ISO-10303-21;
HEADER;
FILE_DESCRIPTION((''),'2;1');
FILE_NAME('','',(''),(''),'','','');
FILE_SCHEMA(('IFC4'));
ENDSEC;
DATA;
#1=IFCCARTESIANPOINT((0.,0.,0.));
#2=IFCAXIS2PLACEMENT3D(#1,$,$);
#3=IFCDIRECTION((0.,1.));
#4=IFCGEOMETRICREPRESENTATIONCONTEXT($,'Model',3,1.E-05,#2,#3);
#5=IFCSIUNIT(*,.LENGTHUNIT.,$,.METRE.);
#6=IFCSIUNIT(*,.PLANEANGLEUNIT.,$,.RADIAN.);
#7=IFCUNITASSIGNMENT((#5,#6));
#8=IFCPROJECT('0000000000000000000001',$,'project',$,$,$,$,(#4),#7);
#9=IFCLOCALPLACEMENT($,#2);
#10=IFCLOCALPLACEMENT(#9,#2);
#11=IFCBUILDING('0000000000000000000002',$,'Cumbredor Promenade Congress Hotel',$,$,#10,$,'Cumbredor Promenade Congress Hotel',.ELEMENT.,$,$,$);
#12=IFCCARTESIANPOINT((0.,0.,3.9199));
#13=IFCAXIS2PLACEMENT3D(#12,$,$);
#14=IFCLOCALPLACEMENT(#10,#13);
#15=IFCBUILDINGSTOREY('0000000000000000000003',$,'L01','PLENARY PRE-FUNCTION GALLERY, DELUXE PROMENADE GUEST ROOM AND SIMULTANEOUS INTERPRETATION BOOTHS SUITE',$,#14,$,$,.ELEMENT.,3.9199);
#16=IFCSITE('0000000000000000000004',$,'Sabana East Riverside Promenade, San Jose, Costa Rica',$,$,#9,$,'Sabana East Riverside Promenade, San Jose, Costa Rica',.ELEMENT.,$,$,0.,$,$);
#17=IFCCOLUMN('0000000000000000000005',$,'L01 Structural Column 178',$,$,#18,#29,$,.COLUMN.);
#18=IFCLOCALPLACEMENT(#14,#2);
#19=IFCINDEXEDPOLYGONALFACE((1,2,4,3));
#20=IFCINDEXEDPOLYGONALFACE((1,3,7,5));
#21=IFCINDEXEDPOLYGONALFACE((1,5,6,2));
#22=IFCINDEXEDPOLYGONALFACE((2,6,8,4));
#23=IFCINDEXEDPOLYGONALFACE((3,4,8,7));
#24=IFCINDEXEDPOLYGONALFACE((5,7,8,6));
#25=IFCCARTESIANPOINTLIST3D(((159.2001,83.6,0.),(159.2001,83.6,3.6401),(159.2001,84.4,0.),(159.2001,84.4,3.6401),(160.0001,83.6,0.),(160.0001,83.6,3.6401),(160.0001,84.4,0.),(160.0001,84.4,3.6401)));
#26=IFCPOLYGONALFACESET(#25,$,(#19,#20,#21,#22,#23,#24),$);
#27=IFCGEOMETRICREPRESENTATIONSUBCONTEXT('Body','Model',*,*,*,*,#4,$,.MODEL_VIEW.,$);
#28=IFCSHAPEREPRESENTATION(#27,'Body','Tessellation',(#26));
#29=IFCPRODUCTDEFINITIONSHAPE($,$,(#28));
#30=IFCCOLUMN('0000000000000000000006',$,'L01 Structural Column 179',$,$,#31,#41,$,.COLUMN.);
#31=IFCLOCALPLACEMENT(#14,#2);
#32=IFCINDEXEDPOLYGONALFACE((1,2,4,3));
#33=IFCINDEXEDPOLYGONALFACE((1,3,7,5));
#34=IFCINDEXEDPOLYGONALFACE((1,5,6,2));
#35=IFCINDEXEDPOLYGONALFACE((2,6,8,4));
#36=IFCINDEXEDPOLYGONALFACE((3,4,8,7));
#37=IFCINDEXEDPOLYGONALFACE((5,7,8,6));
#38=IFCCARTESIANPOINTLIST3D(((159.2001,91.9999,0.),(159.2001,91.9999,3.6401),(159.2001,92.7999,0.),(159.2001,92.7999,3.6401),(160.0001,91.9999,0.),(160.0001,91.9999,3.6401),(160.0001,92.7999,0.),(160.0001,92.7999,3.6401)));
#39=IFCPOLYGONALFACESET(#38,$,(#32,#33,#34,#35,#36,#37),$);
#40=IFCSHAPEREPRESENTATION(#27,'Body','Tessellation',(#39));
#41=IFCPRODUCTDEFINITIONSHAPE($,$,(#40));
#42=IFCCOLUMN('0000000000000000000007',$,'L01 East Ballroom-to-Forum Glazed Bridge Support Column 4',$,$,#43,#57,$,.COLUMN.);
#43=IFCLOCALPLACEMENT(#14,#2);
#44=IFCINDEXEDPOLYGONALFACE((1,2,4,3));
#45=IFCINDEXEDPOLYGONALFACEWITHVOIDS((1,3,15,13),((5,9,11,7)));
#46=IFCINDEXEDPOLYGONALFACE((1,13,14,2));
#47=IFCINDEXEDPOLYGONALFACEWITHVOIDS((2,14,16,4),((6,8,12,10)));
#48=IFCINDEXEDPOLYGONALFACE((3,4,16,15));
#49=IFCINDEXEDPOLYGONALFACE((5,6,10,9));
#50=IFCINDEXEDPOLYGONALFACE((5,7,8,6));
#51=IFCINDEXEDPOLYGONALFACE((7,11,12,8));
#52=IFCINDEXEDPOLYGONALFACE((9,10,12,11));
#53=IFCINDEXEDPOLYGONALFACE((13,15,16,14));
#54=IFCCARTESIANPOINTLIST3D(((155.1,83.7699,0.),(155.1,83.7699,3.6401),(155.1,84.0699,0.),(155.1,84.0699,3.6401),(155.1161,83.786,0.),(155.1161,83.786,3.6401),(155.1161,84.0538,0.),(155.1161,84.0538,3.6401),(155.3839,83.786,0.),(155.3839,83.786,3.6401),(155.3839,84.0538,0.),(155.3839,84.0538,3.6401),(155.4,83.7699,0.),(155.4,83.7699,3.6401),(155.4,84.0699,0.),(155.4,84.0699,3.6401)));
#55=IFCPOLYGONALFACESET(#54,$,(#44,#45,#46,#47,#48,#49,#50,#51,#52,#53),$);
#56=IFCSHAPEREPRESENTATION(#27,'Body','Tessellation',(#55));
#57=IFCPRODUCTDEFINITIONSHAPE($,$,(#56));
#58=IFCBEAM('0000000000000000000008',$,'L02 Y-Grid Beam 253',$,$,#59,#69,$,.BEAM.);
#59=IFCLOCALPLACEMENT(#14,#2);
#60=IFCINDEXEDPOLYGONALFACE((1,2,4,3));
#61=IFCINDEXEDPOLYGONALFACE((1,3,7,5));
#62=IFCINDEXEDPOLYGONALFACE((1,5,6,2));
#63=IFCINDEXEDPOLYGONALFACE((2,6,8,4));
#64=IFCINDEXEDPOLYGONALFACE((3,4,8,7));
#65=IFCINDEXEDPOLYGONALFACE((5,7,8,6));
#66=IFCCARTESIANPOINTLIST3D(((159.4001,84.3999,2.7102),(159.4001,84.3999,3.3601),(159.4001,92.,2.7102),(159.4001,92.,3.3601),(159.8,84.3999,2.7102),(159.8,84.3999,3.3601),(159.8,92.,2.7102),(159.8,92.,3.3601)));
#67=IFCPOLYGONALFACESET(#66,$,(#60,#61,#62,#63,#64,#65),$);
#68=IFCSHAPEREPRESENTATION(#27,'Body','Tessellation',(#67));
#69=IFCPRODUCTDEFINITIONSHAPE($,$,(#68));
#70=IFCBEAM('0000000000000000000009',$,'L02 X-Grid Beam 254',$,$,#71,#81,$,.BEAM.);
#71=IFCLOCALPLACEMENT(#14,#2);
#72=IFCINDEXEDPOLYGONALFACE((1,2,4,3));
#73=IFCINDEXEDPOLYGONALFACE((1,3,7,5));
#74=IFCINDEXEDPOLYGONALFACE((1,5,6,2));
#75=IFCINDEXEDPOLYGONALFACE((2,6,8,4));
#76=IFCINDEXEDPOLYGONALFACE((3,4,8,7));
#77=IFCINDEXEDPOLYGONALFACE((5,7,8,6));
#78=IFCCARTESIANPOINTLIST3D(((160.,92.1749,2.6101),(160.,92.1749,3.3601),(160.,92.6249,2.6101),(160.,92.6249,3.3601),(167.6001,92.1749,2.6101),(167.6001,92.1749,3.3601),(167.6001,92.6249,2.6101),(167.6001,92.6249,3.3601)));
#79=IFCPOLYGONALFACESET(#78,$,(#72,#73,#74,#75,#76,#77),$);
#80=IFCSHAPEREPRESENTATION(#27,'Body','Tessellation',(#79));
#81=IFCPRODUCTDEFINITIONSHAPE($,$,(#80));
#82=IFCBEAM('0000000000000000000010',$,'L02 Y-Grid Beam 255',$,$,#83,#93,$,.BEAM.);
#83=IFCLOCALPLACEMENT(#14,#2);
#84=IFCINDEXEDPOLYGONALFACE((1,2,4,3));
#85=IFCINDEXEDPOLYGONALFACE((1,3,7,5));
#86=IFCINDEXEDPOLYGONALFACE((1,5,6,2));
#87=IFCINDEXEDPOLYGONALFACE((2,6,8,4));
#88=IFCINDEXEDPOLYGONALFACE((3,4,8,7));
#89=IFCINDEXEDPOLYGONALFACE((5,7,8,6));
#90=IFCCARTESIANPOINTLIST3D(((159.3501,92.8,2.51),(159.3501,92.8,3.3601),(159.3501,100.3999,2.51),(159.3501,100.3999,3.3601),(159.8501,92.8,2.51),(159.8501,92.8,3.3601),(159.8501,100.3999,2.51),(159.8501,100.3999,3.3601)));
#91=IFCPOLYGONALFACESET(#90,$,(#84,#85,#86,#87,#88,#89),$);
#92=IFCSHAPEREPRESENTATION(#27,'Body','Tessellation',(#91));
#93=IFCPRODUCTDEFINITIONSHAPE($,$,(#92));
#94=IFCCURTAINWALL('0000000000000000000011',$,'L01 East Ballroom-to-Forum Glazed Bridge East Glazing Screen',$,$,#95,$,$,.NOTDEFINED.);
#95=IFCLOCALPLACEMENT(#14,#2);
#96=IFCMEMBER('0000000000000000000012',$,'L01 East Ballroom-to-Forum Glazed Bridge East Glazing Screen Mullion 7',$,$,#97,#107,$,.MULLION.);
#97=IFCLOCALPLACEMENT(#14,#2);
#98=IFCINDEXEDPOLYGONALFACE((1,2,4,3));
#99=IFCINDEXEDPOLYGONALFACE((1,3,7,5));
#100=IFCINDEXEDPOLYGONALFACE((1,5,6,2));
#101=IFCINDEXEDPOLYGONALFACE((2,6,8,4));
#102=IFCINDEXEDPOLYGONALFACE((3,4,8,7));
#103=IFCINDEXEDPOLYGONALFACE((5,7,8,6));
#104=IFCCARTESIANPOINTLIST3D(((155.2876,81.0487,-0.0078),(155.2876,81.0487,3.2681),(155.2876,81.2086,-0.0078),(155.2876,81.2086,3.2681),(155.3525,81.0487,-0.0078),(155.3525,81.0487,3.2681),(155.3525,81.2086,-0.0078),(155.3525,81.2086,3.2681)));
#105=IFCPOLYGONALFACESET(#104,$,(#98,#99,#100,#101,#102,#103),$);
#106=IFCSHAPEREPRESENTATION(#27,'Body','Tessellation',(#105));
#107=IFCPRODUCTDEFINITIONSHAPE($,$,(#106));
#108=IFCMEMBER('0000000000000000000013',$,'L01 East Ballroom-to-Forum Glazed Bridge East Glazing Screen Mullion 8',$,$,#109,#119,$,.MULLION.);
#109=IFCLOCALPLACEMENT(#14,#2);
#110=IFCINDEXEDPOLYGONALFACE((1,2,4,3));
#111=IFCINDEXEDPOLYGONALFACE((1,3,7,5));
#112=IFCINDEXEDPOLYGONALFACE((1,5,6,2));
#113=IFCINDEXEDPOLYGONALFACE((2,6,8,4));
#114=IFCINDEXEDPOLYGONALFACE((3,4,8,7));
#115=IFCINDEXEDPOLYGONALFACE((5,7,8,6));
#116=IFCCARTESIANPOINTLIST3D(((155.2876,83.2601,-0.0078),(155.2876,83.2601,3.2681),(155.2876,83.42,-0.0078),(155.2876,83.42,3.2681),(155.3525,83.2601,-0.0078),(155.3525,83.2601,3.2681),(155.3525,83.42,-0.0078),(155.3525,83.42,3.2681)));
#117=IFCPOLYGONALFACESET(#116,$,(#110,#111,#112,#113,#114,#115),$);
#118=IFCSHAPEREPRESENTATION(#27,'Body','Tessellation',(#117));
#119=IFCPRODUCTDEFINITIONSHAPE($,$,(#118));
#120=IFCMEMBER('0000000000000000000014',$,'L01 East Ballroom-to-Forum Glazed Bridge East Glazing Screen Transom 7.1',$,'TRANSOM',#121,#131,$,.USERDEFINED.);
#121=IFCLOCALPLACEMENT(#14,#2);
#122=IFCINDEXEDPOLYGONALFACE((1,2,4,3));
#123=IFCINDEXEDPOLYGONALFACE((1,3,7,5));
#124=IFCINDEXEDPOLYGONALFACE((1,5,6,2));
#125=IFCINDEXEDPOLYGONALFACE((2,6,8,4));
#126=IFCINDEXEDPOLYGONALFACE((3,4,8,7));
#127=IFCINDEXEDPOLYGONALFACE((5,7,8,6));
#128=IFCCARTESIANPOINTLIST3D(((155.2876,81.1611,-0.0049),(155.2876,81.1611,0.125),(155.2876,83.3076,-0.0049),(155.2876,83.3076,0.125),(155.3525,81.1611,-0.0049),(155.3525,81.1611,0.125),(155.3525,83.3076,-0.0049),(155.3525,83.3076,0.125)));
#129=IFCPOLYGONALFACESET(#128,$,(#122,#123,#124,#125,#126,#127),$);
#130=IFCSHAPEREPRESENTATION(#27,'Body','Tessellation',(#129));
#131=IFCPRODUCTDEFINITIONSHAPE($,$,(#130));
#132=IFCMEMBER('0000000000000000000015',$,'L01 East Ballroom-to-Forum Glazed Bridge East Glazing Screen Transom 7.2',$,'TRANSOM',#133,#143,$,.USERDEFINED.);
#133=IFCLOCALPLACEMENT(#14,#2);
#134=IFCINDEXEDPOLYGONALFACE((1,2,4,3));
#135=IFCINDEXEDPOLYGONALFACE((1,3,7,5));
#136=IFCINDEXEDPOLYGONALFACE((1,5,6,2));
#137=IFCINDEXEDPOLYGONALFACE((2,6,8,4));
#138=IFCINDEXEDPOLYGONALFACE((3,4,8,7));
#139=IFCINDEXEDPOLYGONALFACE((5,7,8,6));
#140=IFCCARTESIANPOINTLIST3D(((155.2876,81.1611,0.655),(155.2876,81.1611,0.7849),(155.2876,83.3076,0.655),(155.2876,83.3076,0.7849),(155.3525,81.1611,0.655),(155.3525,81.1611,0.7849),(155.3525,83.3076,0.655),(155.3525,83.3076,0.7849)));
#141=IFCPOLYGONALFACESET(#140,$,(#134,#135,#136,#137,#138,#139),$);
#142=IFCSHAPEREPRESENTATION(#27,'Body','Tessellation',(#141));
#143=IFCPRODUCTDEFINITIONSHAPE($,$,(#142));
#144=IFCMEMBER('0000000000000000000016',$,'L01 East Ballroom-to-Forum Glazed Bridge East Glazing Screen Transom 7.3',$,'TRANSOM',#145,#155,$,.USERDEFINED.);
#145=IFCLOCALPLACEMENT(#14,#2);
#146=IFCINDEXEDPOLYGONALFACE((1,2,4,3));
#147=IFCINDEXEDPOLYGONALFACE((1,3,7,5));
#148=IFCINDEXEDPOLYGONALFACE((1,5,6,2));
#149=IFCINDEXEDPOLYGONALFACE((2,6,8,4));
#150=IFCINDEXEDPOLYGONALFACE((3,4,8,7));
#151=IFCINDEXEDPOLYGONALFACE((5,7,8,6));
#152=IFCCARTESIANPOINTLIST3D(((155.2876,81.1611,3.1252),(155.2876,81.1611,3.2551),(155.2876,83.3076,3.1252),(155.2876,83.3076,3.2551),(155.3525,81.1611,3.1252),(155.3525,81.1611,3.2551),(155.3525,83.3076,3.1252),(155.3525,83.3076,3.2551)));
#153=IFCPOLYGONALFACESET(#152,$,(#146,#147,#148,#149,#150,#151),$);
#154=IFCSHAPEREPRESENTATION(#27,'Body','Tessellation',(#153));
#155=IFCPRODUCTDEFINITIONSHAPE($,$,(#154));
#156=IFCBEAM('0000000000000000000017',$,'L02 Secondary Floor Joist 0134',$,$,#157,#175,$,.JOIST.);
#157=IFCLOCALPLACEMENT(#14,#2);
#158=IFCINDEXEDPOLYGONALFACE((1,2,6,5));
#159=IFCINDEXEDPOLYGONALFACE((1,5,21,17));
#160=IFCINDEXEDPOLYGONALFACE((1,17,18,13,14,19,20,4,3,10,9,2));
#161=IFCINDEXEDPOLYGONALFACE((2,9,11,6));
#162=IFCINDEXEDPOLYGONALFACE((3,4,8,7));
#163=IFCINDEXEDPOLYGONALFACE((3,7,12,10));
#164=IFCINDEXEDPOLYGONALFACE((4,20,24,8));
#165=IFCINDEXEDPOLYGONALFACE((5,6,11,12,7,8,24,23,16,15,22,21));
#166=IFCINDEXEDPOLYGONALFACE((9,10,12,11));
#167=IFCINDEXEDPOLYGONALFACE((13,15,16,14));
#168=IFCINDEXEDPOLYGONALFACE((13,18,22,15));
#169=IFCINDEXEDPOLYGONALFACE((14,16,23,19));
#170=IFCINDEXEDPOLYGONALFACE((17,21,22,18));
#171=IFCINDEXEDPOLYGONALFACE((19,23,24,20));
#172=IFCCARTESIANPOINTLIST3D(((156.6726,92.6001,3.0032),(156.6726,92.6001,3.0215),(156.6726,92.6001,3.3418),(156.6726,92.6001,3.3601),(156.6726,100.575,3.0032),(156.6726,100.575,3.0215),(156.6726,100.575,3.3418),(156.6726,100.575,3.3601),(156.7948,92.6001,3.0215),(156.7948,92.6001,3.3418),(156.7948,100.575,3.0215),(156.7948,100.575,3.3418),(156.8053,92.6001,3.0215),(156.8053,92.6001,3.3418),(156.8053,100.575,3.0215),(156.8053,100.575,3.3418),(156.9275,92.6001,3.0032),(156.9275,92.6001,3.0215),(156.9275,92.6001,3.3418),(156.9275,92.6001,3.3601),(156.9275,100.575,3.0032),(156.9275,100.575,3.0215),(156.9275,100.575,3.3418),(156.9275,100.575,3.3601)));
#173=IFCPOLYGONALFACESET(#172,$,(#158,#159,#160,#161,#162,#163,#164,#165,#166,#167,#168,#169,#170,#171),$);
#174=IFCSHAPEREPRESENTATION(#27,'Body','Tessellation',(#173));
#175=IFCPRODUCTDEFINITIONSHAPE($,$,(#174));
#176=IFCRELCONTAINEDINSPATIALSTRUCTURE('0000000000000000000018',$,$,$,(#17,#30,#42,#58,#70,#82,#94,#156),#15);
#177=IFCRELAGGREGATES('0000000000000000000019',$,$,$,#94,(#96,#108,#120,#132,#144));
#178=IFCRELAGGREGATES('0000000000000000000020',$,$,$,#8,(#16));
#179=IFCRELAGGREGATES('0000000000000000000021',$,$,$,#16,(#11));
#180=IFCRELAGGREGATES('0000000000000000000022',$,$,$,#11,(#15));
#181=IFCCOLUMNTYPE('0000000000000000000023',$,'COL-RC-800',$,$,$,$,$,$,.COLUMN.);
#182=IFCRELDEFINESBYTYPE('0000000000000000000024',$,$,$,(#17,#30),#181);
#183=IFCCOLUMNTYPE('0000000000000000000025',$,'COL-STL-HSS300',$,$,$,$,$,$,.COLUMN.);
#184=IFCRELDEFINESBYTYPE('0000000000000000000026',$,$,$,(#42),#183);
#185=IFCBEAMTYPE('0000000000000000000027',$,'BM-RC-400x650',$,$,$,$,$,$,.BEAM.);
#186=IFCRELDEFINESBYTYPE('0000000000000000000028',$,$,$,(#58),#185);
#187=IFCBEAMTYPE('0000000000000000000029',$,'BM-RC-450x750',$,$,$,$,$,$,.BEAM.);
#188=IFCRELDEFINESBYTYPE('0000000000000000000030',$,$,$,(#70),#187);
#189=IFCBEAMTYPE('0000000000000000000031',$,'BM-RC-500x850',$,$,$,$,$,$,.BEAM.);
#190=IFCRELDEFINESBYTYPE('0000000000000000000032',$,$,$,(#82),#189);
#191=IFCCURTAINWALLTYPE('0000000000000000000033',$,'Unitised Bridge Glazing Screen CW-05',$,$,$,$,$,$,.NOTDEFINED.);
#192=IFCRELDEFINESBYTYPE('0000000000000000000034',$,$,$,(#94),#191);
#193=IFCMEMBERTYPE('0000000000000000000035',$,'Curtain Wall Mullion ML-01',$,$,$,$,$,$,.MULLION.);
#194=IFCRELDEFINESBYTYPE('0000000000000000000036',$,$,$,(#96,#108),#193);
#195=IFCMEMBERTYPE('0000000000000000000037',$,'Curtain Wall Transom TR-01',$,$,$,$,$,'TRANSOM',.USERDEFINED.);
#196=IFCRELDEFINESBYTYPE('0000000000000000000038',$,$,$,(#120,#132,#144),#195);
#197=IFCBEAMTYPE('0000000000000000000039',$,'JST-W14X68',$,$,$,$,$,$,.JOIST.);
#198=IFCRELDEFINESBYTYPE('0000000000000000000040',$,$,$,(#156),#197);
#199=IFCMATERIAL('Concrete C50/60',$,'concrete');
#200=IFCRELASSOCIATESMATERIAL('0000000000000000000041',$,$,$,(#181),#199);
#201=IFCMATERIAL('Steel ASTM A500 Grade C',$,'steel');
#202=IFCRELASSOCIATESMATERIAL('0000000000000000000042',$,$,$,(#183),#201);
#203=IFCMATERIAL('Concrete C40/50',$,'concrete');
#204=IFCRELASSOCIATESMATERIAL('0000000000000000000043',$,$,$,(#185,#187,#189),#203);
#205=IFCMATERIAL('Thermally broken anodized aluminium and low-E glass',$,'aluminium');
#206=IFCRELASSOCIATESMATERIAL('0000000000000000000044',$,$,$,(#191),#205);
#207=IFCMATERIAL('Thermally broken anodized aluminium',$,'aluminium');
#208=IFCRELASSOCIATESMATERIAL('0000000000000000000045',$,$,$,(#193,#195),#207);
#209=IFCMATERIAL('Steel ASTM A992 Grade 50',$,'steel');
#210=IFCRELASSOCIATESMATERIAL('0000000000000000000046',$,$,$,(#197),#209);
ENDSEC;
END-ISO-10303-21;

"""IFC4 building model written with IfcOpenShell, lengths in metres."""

from ifc_helpers import new_model, si_unit, direction, frame, origin, origin_2d, place, context, subcontext, project, spatial, rectangle, hollow_rectangle, i_section, extrude, material, material_profile, profile_set, type_object, element, aggregate, save


model = new_model("IFC4")

# Units and contexts
model_context = context("Model", 3, precision=1e-05, world=origin(), true_north=direction((0.0, 1.0)))
body_context = subcontext(model_context, "Body", "Model", "MODEL_VIEW")
ifc_project = project(units=[si_unit("LENGTHUNIT", "METRE"), si_unit("PLANEANGLEUNIT", "RADIAN")], contexts=[model_context])

# Site, building, storey
site_placement = place(None, origin())
site = spatial("IfcSite", under=ifc_project, at=site_placement, Name="Sabana East Riverside Promenade, San Jose, Costa Rica", LongName="Sabana East Riverside Promenade, San Jose, Costa Rica", CompositionType="ELEMENT", RefElevation=0.0)
building_placement = place(site_placement, origin())
building = spatial("IfcBuilding", under=site, at=building_placement, Name="Cumbredor Promenade Congress Hotel", LongName="Cumbredor Promenade Congress Hotel", CompositionType="ELEMENT")
storey_placement = place(building_placement, frame((0.0, 0.0, 3.9199)))
storey = spatial("IfcBuildingStorey", under=building, at=storey_placement, Name="L01", Description="PLENARY PRE-FUNCTION GALLERY, DELUXE PROMENADE GUEST ROOM AND SIMULTANEOUS INTERPRETATION BOOTHS SUITE", CompositionType="ELEMENT", Elevation=3.9199)

# Columns
ifc_material_1 = material(Name="Concrete C50/60", Category="concrete")
ifc_material_profile_1 = material_profile(ifc_material_1, rectangle(XDim=0.8, YDim=0.8, at=origin_2d()), Name="RC 800x800")
ifc_profile_set_1 = profile_set([ifc_material_profile_1], Name="Concrete C50/60")
column_type_1 = type_object("IfcColumnType", Name="COL-RC-800", PredefinedType="COLUMN", material=ifc_profile_set_1)
for number, where, z_axis, x_axis, name in (
    (1, (159.6001, 84.0, 0.0), (0.0, 0.0, 1.0), (1.0, 0.0, 0.0), "L01 Structural Column 178"),
    (2, (159.6001, 92.3999, 0.0), (0.0, 0.0, 1.0), (1.0, 0.0, 0.0), "L01 Structural Column 179"),
):
    element("IfcColumn", number, at=place(storey_placement, frame(where, z_axis=z_axis, x_axis=x_axis)), inside=storey, type_object=column_type_1, Name=name, PredefinedType="COLUMN", context=body_context, shape_type="SweptSolid", body=[
        extrude(rectangle(XDim=0.8, YDim=0.8, at=origin_2d()), origin(), (0.0, 0.0, 1.0), 3.6401),
    ])
ifc_material_2 = material(Name="Steel ASTM A500 Grade C", Category="steel")
ifc_material_profile_2 = material_profile(ifc_material_2, hollow_rectangle(XDim=0.3, YDim=0.3, WallThickness=0.0161, at=origin_2d()), Name="HSS 300x300x16")
ifc_profile_set_2 = profile_set([ifc_material_profile_2], Name="Steel ASTM A500 Grade C")
column_type_2 = type_object("IfcColumnType", Name="COL-STL-HSS300", PredefinedType="COLUMN", material=ifc_profile_set_2)
column_placement = place(storey_placement, frame((155.25, 83.9199, 0.0), z_axis=(0.0, 0.0, 1.0), x_axis=(1.0, 0.0, 0.0)))
element("IfcColumn", 3, at=column_placement, inside=storey, type_object=column_type_2, Name="L01 East Ballroom-to-Forum Glazed Bridge Support Column 4", PredefinedType="COLUMN", context=body_context, shape_type="SweptSolid", body=[
    extrude(hollow_rectangle(XDim=0.3, YDim=0.3, WallThickness=0.0161, at=origin_2d()), origin(), (0.0, 0.0, 1.0), 3.6401),
])

# Beams
ifc_material_3 = material(Name="Concrete C40/50", Category="concrete")
ifc_material_profile_3 = material_profile(ifc_material_3, rectangle(XDim=0.3999, YDim=0.6499, at=origin_2d()), Name="RC BEAM 400x650")
ifc_profile_set_3 = profile_set([ifc_material_profile_3], Name="Concrete C40/50")
beam_type_1 = type_object("IfcBeamType", Name="BM-RC-400x650", PredefinedType="BEAM", material=ifc_profile_set_3)
beam_1_placement = place(storey_placement, frame((159.6001, 84.3999, 3.0352), z_axis=(0.0, 1.0, 0.0), x_axis=(-1.0, 0.0, 0.0)))
element("IfcBeam", 4, at=beam_1_placement, inside=storey, type_object=beam_type_1, Name="L02 Y-Grid Beam 253", PredefinedType="BEAM", context=body_context, shape_type="SweptSolid", body=[
    extrude(rectangle(XDim=0.3999, YDim=0.6499, at=origin_2d()), origin(), (0.0, 0.0, 1.0), 7.6001),
])
ifc_material_profile_4 = material_profile(ifc_material_3, rectangle(XDim=0.45, YDim=0.75, at=origin_2d()), Name="RC BEAM 450x750")
ifc_profile_set_4 = profile_set([ifc_material_profile_4], Name="Concrete C40/50")
beam_type_2 = type_object("IfcBeamType", Name="BM-RC-450x750", PredefinedType="BEAM", material=ifc_profile_set_4)
beam_2_placement = place(storey_placement, frame((160.0, 92.3999, 2.9851), z_axis=(1.0, 0.0, 0.0), x_axis=(0.0, 1.0, 0.0)))
element("IfcBeam", 5, at=beam_2_placement, inside=storey, type_object=beam_type_2, Name="L02 X-Grid Beam 254", PredefinedType="BEAM", context=body_context, shape_type="SweptSolid", body=[
    extrude(rectangle(XDim=0.45, YDim=0.75, at=origin_2d()), origin(), (0.0, 0.0, 1.0), 7.6001),
])
ifc_material_profile_5 = material_profile(ifc_material_3, rectangle(XDim=0.5, YDim=0.8501, at=origin_2d()), Name="RC BEAM 500x850")
ifc_profile_set_5 = profile_set([ifc_material_profile_5], Name="Concrete C40/50")
beam_type_3 = type_object("IfcBeamType", Name="BM-RC-500x850", PredefinedType="BEAM", material=ifc_profile_set_5)
beam_3_placement = place(storey_placement, frame((159.6001, 92.8, 2.9351), z_axis=(0.0, 1.0, 0.0), x_axis=(-1.0, 0.0, 0.0)))
element("IfcBeam", 6, at=beam_3_placement, inside=storey, type_object=beam_type_3, Name="L02 Y-Grid Beam 255", PredefinedType="BEAM", context=body_context, shape_type="SweptSolid", body=[
    extrude(rectangle(XDim=0.5, YDim=0.8501, at=origin_2d()), origin(), (0.0, 0.0, 1.0), 7.5999),
])

# Curtain wall, members
ifc_material_4 = material(Name="Thermally broken anodized aluminium and low-E glass", Category="aluminium")
curtain_wall_type = type_object("IfcCurtainWallType", Name="Unitised Bridge Glazing Screen CW-05", PredefinedType="NOTDEFINED", material=ifc_material_4)
curtain_wall_placement = place(storey_placement, origin())
curtain_wall = element("IfcCurtainWall", 7, at=curtain_wall_placement, inside=storey, type_object=curtain_wall_type, Name="L01 East Ballroom-to-Forum Glazed Bridge East Glazing Screen", PredefinedType="NOTDEFINED")
ifc_material_5 = material(Name="Thermally broken anodized aluminium", Category="aluminium")
ifc_material_profile_6 = material_profile(ifc_material_5, rectangle(XDim=0.0649, YDim=0.1599, at=origin_2d()), Name="ALU MULLION 65x160")
ifc_profile_set_6 = profile_set([ifc_material_profile_6], Name="Thermally broken anodized aluminium")
member_type_1 = type_object("IfcMemberType", Name="Curtain Wall Mullion ML-01", PredefinedType="MULLION", material=ifc_profile_set_6)
member_1_placement = place(storey_placement, frame((155.3201, 81.1287, -0.0078), z_axis=(0.0, 0.0, 1.0), x_axis=(1.0, 0.0, 0.0)))
member_1 = element("IfcMember", 8, at=member_1_placement, type_object=member_type_1, Name="L01 East Ballroom-to-Forum Glazed Bridge East Glazing Screen Mullion 7", PredefinedType="MULLION", context=body_context, shape_type="SweptSolid", body=[
    extrude(rectangle(XDim=0.0649, YDim=0.1599, at=origin_2d()), origin(), (0.0, 0.0, 1.0), 3.2759),
])
member_2_placement = place(storey_placement, frame((155.3201, 83.3401, -0.0078), z_axis=(0.0, 0.0, 1.0), x_axis=(1.0, 0.0, 0.0)))
member_2 = element("IfcMember", 9, at=member_2_placement, type_object=member_type_1, Name="L01 East Ballroom-to-Forum Glazed Bridge East Glazing Screen Mullion 8", PredefinedType="MULLION", context=body_context, shape_type="SweptSolid", body=[
    extrude(rectangle(XDim=0.0649, YDim=0.1599, at=origin_2d()), origin(), (0.0, 0.0, 1.0), 3.2759),
])
ifc_material_profile_7 = material_profile(ifc_material_5, rectangle(XDim=0.0649, YDim=0.1299, at=origin_2d()), Name="ALU TRANSOM 65x130")
ifc_profile_set_7 = profile_set([ifc_material_profile_7], Name="Thermally broken anodized aluminium")
member_type_2 = type_object("IfcMemberType", Name="Curtain Wall Transom TR-01", ElementType="TRANSOM", PredefinedType="USERDEFINED", material=ifc_profile_set_7)
member_3_placement = place(storey_placement, frame((155.3201, 81.1611, 0.0601), z_axis=(0.0, 1.0, 0.0), x_axis=(-1.0, 0.0, 0.0)))
member_3 = element("IfcMember", 10, at=member_3_placement, type_object=member_type_2, Name="L01 East Ballroom-to-Forum Glazed Bridge East Glazing Screen Transom 7.1", ObjectType="TRANSOM", PredefinedType="USERDEFINED", context=body_context, shape_type="SweptSolid", body=[
    extrude(rectangle(XDim=0.0649, YDim=0.1299, at=origin_2d()), origin(), (0.0, 0.0, 1.0), 2.1465),
])
member_4_placement = place(storey_placement, frame((155.3201, 81.1611, 0.72), z_axis=(0.0, 1.0, 0.0), x_axis=(-1.0, 0.0, 0.0)))
member_4 = element("IfcMember", 11, at=member_4_placement, type_object=member_type_2, Name="L01 East Ballroom-to-Forum Glazed Bridge East Glazing Screen Transom 7.2", ObjectType="TRANSOM", PredefinedType="USERDEFINED", context=body_context, shape_type="SweptSolid", body=[
    extrude(rectangle(XDim=0.0649, YDim=0.1299, at=origin_2d()), origin(), (0.0, 0.0, 1.0), 2.1465),
])
member_5_placement = place(storey_placement, frame((155.3201, 81.1611, 3.1902), z_axis=(0.0, 1.0, 0.0), x_axis=(-1.0, 0.0, 0.0)))
member_5 = element("IfcMember", 12, at=member_5_placement, type_object=member_type_2, Name="L01 East Ballroom-to-Forum Glazed Bridge East Glazing Screen Transom 7.3", ObjectType="TRANSOM", PredefinedType="USERDEFINED", context=body_context, shape_type="SweptSolid", body=[
    extrude(rectangle(XDim=0.0649, YDim=0.1299, at=origin_2d()), origin(), (0.0, 0.0, 1.0), 2.1465),
])

# Beam
ifc_material_6 = material(Name="Steel ASTM A992 Grade 50", Category="steel")
ifc_material_profile_8 = material_profile(ifc_material_6, i_section(OverallWidth=0.2549, OverallDepth=0.3569, WebThickness=0.0105, FlangeThickness=0.0183, at=origin_2d()), Name="W14X68")
ifc_profile_set_8 = profile_set([ifc_material_profile_8], Name="Steel ASTM A992 Grade 50")
beam_type_4 = type_object("IfcBeamType", Name="JST-W14X68", PredefinedType="JOIST", material=ifc_profile_set_8)
beam_4_placement = place(storey_placement, frame((156.8, 92.6001, 3.1816), z_axis=(0.0, 1.0, 0.0), x_axis=(-1.0, 0.0, 0.0)))
element("IfcBeam", 13, at=beam_4_placement, inside=storey, type_object=beam_type_4, Name="L02 Secondary Floor Joist 0134", PredefinedType="JOIST", context=body_context, shape_type="SweptSolid", body=[
    extrude(i_section(OverallWidth=0.2549, OverallDepth=0.3569, WebThickness=0.0105, FlangeThickness=0.0183, at=origin_2d()), origin(), (0.0, 0.0, 1.0), 7.9749),
])

aggregate(curtain_wall, [member_1, member_2, member_3, member_4, member_5])

save(model, "model.ifc")
